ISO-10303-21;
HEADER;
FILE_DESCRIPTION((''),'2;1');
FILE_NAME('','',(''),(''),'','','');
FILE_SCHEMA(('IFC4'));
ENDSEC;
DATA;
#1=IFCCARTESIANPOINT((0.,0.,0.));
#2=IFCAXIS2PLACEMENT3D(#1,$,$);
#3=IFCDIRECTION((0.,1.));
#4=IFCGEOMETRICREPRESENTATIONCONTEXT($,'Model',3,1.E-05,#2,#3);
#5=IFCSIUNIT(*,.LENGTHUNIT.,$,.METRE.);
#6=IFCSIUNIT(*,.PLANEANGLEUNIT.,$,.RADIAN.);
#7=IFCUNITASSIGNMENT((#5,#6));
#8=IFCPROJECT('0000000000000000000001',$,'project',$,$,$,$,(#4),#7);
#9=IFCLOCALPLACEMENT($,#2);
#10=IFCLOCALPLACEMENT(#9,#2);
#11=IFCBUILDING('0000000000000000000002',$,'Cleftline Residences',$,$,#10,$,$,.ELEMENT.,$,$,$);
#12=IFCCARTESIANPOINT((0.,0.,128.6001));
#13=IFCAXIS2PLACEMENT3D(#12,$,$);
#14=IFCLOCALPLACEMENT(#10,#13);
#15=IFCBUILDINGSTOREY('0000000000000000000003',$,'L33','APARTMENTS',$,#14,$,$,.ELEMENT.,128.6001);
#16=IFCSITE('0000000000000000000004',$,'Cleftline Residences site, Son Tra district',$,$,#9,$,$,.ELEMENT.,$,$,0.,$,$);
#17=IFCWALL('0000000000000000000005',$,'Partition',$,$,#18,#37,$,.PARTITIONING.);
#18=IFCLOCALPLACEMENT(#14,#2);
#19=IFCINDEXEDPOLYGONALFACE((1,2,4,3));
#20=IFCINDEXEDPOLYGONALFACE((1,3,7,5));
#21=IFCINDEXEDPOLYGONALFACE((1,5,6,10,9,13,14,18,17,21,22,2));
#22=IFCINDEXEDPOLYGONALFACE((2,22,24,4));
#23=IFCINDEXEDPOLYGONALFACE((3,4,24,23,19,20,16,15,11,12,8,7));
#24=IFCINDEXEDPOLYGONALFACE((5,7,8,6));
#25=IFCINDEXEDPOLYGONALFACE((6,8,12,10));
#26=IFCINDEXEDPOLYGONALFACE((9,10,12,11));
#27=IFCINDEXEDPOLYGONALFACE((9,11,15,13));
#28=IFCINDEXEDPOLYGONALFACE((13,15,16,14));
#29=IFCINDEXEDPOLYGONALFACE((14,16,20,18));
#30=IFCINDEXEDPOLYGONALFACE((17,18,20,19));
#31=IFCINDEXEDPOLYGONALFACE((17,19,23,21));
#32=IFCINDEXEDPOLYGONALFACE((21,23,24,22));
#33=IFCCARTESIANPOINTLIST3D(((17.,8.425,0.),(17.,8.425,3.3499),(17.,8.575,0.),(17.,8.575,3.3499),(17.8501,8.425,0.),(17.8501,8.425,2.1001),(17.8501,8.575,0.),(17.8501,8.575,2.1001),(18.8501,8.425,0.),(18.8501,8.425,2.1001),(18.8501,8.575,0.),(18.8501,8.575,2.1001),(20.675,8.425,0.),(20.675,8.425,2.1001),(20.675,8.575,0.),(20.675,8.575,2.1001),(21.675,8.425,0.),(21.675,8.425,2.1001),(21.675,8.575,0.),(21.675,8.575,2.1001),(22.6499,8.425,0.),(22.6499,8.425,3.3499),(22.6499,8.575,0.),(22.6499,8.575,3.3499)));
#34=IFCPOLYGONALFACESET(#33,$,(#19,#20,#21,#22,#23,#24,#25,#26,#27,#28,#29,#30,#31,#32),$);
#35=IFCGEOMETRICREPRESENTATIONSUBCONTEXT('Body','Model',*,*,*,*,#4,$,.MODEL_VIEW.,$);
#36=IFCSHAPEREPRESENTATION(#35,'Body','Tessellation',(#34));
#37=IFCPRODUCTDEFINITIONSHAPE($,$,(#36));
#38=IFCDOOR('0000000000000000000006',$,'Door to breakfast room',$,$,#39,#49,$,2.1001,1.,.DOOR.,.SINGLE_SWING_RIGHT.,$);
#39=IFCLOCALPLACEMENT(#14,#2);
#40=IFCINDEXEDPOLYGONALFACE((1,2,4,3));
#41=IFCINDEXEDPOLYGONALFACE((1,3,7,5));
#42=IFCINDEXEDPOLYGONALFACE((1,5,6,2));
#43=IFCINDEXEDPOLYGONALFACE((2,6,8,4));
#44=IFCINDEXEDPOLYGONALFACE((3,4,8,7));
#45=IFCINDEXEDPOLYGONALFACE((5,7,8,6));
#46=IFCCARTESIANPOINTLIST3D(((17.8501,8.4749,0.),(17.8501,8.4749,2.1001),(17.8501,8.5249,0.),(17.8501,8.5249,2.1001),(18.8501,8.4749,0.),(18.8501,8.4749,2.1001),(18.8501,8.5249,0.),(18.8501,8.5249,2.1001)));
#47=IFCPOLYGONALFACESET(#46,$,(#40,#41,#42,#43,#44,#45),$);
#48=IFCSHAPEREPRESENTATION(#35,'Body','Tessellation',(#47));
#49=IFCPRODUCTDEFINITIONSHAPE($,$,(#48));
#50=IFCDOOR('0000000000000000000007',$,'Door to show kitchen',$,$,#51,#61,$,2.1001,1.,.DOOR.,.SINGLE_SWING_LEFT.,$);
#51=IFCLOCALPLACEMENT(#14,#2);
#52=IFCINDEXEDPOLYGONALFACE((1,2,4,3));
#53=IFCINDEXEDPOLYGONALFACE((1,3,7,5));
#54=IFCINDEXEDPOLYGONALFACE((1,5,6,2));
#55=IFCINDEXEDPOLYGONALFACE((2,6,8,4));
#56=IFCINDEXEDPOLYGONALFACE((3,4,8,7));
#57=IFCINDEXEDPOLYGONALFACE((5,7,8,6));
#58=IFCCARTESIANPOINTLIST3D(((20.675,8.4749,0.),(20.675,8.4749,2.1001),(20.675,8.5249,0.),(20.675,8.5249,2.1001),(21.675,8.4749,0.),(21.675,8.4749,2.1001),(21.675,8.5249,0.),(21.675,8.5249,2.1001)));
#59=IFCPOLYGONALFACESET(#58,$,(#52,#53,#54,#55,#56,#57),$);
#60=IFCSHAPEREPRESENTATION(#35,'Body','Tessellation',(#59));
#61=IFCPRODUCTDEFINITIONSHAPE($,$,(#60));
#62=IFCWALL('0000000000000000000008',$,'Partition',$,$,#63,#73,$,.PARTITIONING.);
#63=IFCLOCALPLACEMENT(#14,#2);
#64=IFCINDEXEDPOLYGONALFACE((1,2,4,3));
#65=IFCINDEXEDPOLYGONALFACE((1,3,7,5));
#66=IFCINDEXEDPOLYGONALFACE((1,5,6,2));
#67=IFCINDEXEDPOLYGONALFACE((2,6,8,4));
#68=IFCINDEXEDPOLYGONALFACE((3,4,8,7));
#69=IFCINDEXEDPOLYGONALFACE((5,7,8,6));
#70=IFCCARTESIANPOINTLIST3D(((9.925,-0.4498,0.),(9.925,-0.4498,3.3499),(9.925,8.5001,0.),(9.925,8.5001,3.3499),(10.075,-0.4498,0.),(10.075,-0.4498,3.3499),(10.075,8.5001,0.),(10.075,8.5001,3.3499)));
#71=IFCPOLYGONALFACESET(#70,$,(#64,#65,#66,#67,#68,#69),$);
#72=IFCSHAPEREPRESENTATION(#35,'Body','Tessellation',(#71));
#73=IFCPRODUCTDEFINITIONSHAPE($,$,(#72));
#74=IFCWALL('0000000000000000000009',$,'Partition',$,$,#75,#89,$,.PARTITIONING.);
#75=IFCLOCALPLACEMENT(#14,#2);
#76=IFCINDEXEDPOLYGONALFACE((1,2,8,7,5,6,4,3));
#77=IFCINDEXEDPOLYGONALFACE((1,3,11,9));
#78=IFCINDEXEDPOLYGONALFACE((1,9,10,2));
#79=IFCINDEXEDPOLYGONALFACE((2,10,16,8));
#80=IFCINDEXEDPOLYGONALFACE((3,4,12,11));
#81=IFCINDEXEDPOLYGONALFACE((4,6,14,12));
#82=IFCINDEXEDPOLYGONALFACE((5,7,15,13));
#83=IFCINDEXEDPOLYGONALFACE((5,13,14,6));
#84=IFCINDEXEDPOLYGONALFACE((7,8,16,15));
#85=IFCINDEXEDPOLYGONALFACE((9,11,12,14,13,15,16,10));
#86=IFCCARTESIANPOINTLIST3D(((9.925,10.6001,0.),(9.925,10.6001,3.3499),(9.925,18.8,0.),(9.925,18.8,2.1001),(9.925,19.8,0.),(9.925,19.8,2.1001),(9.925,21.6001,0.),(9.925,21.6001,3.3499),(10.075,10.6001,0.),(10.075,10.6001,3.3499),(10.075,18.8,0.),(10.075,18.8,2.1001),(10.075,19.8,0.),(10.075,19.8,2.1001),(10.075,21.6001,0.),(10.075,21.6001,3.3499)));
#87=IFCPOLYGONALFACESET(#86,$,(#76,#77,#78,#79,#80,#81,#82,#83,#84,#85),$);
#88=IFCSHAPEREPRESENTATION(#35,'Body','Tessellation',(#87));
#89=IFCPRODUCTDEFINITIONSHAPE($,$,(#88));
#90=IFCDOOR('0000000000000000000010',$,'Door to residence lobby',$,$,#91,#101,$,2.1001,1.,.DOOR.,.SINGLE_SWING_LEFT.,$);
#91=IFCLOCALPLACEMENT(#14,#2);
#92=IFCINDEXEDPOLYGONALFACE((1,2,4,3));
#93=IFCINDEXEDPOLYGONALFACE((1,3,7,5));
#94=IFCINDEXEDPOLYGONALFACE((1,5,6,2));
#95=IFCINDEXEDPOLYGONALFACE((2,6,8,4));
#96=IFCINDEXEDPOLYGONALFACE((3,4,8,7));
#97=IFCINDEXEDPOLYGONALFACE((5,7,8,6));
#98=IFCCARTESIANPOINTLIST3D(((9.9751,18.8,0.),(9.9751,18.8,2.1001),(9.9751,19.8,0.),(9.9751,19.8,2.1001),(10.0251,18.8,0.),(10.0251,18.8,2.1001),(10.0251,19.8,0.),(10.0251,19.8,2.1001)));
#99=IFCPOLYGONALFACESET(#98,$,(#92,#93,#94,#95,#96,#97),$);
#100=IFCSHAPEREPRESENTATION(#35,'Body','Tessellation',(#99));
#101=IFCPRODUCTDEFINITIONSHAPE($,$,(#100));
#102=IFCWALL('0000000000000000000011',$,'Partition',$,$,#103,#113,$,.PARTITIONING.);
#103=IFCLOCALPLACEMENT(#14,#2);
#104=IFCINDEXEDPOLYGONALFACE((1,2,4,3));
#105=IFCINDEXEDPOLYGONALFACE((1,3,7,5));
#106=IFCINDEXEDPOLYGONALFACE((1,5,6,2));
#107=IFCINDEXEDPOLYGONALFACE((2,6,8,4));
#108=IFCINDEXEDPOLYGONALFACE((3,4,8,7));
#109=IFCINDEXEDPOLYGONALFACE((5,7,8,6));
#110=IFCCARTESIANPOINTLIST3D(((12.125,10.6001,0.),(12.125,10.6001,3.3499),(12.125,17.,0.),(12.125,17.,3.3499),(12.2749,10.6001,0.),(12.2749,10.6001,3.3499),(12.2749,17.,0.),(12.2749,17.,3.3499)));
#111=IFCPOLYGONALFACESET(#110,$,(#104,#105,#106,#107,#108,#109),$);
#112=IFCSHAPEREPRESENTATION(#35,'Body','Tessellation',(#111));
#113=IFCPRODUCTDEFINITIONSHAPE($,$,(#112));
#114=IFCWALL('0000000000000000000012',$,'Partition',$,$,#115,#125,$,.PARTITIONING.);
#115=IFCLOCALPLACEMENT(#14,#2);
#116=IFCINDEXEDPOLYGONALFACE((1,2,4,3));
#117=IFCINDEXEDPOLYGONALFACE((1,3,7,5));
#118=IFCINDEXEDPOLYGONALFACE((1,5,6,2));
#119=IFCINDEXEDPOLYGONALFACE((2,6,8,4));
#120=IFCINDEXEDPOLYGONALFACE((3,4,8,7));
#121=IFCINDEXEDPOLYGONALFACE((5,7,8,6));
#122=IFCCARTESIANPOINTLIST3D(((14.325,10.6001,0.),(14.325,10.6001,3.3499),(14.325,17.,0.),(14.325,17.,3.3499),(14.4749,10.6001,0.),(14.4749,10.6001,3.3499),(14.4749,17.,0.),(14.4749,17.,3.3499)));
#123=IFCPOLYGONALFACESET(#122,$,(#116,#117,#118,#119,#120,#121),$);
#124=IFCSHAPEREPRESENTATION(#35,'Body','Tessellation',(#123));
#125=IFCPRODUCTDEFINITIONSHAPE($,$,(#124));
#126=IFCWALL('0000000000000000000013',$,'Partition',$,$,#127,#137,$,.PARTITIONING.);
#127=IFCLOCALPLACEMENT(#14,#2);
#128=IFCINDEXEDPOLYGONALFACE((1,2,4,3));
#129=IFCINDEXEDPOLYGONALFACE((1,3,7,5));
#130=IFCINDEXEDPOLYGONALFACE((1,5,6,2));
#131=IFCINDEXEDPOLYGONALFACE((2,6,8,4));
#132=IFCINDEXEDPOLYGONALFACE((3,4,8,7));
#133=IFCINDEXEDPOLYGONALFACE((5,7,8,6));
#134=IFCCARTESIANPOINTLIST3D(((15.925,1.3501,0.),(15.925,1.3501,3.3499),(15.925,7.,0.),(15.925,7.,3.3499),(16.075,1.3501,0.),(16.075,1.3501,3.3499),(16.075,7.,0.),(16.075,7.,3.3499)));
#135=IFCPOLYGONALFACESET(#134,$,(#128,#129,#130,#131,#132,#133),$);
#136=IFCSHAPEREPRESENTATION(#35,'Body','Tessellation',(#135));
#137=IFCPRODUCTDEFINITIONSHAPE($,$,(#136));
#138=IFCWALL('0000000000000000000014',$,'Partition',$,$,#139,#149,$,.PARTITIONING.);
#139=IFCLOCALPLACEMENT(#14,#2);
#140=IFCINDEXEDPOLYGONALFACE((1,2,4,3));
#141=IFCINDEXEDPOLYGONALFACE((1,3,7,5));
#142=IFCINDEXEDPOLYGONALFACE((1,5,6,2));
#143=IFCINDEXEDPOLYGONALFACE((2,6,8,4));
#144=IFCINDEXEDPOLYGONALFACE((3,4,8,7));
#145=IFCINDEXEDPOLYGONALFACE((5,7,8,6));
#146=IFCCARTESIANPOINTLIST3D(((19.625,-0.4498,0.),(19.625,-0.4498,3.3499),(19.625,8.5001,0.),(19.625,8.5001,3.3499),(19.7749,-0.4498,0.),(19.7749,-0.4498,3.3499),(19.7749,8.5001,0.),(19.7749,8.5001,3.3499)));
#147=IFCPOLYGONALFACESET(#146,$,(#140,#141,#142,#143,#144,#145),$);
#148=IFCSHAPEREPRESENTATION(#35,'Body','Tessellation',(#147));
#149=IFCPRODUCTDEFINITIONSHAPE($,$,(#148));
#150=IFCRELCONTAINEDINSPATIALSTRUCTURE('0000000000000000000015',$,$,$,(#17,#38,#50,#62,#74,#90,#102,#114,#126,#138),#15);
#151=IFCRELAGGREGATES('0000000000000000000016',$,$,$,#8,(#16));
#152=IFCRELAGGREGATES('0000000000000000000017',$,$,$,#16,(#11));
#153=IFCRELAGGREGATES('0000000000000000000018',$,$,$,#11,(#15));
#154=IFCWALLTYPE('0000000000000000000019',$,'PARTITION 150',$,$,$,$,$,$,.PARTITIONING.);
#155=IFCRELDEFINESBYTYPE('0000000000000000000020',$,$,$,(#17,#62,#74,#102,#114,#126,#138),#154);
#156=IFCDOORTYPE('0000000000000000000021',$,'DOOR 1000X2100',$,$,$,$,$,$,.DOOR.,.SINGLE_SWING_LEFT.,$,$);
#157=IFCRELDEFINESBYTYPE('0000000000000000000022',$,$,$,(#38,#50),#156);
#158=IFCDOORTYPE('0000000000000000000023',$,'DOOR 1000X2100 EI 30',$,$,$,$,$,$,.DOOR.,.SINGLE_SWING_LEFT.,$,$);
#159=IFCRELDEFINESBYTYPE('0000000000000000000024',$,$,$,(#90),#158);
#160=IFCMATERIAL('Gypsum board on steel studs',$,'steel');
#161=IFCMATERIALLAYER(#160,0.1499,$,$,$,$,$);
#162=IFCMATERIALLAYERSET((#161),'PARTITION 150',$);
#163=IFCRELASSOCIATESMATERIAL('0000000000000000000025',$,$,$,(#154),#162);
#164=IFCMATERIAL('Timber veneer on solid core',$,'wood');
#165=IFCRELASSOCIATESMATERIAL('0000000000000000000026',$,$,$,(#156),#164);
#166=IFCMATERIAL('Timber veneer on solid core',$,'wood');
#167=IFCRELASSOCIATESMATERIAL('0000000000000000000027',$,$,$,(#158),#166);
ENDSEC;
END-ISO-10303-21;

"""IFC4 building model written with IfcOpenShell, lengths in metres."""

from ifc_helpers import new_model, si_unit, direction, frame, frame_2d, origin, place, context, subcontext, project, spatial, rectangle, extrude, material, layer, layer_set, type_object, element, fill, save


model = new_model("IFC4")

# Units and contexts
model_context = context("Model", 3, precision=1e-05, world=origin(), true_north=direction((0.0, 1.0)))
body_context = subcontext(model_context, "Body", "Model", "MODEL_VIEW")
ifc_project = project(units=[si_unit("LENGTHUNIT", "METRE"), si_unit("PLANEANGLEUNIT", "RADIAN")], contexts=[model_context])

# Site, building, storey
site_placement = place(None, origin())
site = spatial("IfcSite", under=ifc_project, at=site_placement, Name="Cleftline Residences site, Son Tra district", CompositionType="ELEMENT", RefElevation=0.0)
building_placement = place(site_placement, origin())
building = spatial("IfcBuilding", under=site, at=building_placement, Name="Cleftline Residences", CompositionType="ELEMENT")
storey_placement = place(building_placement, frame((0.0, 0.0, 128.6001)))
storey = spatial("IfcBuildingStorey", under=building, at=storey_placement, Name="L33", Description="APARTMENTS", CompositionType="ELEMENT", Elevation=128.6001)

# Shared definitions
ifc_material_1 = material(Name="Gypsum board on steel studs", Category="steel")
ifc_layer_1 = layer(ifc_material_1, 0.1499)
ifc_layer_set_1 = layer_set([ifc_layer_1], Name="PARTITION 150")
wall_type = type_object("IfcWallType", Name="PARTITION 150", PredefinedType="PARTITIONING", material=ifc_layer_set_1)
ifc_material_2 = material(Name="Timber veneer on solid core", Category="wood")
door_type_1 = type_object("IfcDoorType", Name="DOOR 1000X2100", OperationType="SINGLE_SWING_LEFT", PredefinedType="DOOR", material=ifc_material_2)

# Wall, openings, doors
wall_1_placement = place(storey_placement, frame((17.0, 8.5, 0.0), z_axis=(0.0, 0.0, 1.0), x_axis=(1.0, 0.0, 0.0)))
wall_1 = element("IfcWall", 1, at=wall_1_placement, inside=storey, type_object=wall_type, Name="Partition", PredefinedType="PARTITIONING", context=body_context, shape_type="SweptSolid", body=[
    extrude(rectangle(XDim=5.6499, YDim=0.1499, at=frame_2d((2.825, 0.0))), origin(), (0.0, 0.0, 1.0), 3.3499),
])
opening_1_placement = place(wall_1_placement, frame((0.8501, 0.0, 0.0)))
opening_1 = element("IfcOpeningElement", 2, at=opening_1_placement, cuts=wall_1, PredefinedType="OPENING", context=body_context, shape_type="SweptSolid", body=[
    extrude(rectangle(XDim=1.0, YDim=2.1001, at=frame_2d((0.5, 1.05))), frame((0.0, 0.085, 0.0), z_axis=(0.0, -1.0, 0.0), x_axis=(1.0, 0.0, 0.0)), (0.0, 0.0, 1.0), 0.1699),
])
opening_2_placement = place(wall_1_placement, frame((3.675, 0.0, 0.0)))
opening_2 = element("IfcOpeningElement", 3, at=opening_2_placement, cuts=wall_1, PredefinedType="OPENING", context=body_context, shape_type="SweptSolid", body=[
    extrude(rectangle(XDim=1.0, YDim=2.1001, at=frame_2d((0.5, 1.05))), frame((0.0, 0.085, 0.0), z_axis=(0.0, -1.0, 0.0), x_axis=(1.0, 0.0, 0.0)), (0.0, 0.0, 1.0), 0.1699),
])
door_1_placement = place(opening_1_placement, origin())
door_1 = element("IfcDoor", 4, at=door_1_placement, inside=storey, type_object=door_type_1, Name="Door to breakfast room", OperationType="SINGLE_SWING_RIGHT", OverallHeight=2.1001, OverallWidth=1.0, PredefinedType="DOOR", context=body_context, shape_type="SweptSolid", body=[
    extrude(rectangle(XDim=1.0, YDim=2.1001, at=frame_2d((0.5, 1.05))), frame((0.0, 0.0249, 0.0), z_axis=(0.0, -1.0, 0.0), x_axis=(1.0, 0.0, 0.0)), (0.0, 0.0, 1.0), 0.05),
])
fill(opening_1, door_1)
door_2_placement = place(opening_2_placement, origin())
door_2 = element("IfcDoor", 5, at=door_2_placement, inside=storey, type_object=door_type_1, Name="Door to show kitchen", OperationType="SINGLE_SWING_LEFT", OverallHeight=2.1001, OverallWidth=1.0, PredefinedType="DOOR", context=body_context, shape_type="SweptSolid", body=[
    extrude(rectangle(XDim=1.0, YDim=2.1001, at=frame_2d((0.5, 1.05))), frame((0.0, 0.0249, 0.0), z_axis=(0.0, -1.0, 0.0), x_axis=(1.0, 0.0, 0.0)), (0.0, 0.0, 1.0), 0.05),
])
fill(opening_2, door_2)

# Wall
wall_2_placement = place(storey_placement, frame((10.0, -0.45, 0.0), z_axis=(0.0, 0.0, 1.0), x_axis=(0.0, 1.0, 0.0)))
element("IfcWall", 6, at=wall_2_placement, inside=storey, type_object=wall_type, Name="Partition", PredefinedType="PARTITIONING", context=body_context, shape_type="SweptSolid", body=[
    extrude(rectangle(XDim=8.95, YDim=0.1499, at=frame_2d((4.4751, 0.0))), origin(), (0.0, 0.0, 1.0), 3.3499),
])

# Wall, opening, door
wall_3_placement = place(storey_placement, frame((10.0, 10.6001, 0.0), z_axis=(0.0, 0.0, 1.0), x_axis=(0.0, 1.0, 0.0)))
wall_3 = element("IfcWall", 7, at=wall_3_placement, inside=storey, type_object=wall_type, Name="Partition", PredefinedType="PARTITIONING", context=body_context, shape_type="SweptSolid", body=[
    extrude(rectangle(XDim=11.0, YDim=0.1499, at=frame_2d((5.5, 0.0))), origin(), (0.0, 0.0, 1.0), 3.3499),
])
opening_3_placement = place(wall_3_placement, frame((8.2, 0.0, 0.0)))
opening_3 = element("IfcOpeningElement", 8, at=opening_3_placement, cuts=wall_3, PredefinedType="OPENING", context=body_context, shape_type="SweptSolid", body=[
    extrude(rectangle(XDim=1.0, YDim=2.1001, at=frame_2d((0.5, 1.05))), frame((0.0, 0.085, 0.0), z_axis=(0.0, -1.0, 0.0), x_axis=(1.0, 0.0, 0.0)), (0.0, 0.0, 1.0), 0.1699),
])
ifc_material_3 = material(Name="Timber veneer on solid core", Category="wood")
door_type_2 = type_object("IfcDoorType", Name="DOOR 1000X2100 EI 30", OperationType="SINGLE_SWING_LEFT", PredefinedType="DOOR", material=ifc_material_3)
door_3_placement = place(opening_3_placement, origin())
door_3 = element("IfcDoor", 9, at=door_3_placement, inside=storey, type_object=door_type_2, Name="Door to residence lobby", OperationType="SINGLE_SWING_LEFT", OverallHeight=2.1001, OverallWidth=1.0, PredefinedType="DOOR", context=body_context, shape_type="SweptSolid", body=[
    extrude(rectangle(XDim=1.0, YDim=2.1001, at=frame_2d((0.5, 1.05))), frame((0.0, 0.0249, 0.0), z_axis=(0.0, -1.0, 0.0), x_axis=(1.0, 0.0, 0.0)), (0.0, 0.0, 1.0), 0.05),
])
fill(opening_3, door_3)

# Walls
for number, where, z_axis, x_axis, name in (
    (10, (12.2, 10.6001, 0.0), (0.0, 0.0, 1.0), (0.0, 1.0, 0.0), "Partition"),
    (11, (14.3999, 10.6001, 0.0), (0.0, 0.0, 1.0), (0.0, 1.0, 0.0), "Partition"),
):
    element("IfcWall", number, at=place(storey_placement, frame(where, z_axis=z_axis, x_axis=x_axis)), inside=storey, type_object=wall_type, Name=name, PredefinedType="PARTITIONING", context=body_context, shape_type="SweptSolid", body=[
        extrude(rectangle(XDim=6.3999, YDim=0.1499, at=frame_2d((3.2, 0.0))), origin(), (0.0, 0.0, 1.0), 3.3499),
    ])
wall_4_placement = place(storey_placement, frame((16.0, 1.3501, 0.0), z_axis=(0.0, 0.0, 1.0), x_axis=(0.0, 1.0, 0.0)))
element("IfcWall", 12, at=wall_4_placement, inside=storey, type_object=wall_type, Name="Partition", PredefinedType="PARTITIONING", context=body_context, shape_type="SweptSolid", body=[
    extrude(rectangle(XDim=5.6499, YDim=0.1499, at=frame_2d((2.825, 0.0))), origin(), (0.0, 0.0, 1.0), 3.3499),
])
wall_5_placement = place(storey_placement, frame((19.7, -0.45, 0.0), z_axis=(0.0, 0.0, 1.0), x_axis=(0.0, 1.0, 0.0)))
element("IfcWall", 13, at=wall_5_placement, inside=storey, type_object=wall_type, Name="Partition", PredefinedType="PARTITIONING", context=body_context, shape_type="SweptSolid", body=[
    extrude(rectangle(XDim=8.95, YDim=0.1499, at=frame_2d((4.4751, 0.0))), origin(), (0.0, 0.0, 1.0), 3.3499),
])

save(model, "model.ifc")
